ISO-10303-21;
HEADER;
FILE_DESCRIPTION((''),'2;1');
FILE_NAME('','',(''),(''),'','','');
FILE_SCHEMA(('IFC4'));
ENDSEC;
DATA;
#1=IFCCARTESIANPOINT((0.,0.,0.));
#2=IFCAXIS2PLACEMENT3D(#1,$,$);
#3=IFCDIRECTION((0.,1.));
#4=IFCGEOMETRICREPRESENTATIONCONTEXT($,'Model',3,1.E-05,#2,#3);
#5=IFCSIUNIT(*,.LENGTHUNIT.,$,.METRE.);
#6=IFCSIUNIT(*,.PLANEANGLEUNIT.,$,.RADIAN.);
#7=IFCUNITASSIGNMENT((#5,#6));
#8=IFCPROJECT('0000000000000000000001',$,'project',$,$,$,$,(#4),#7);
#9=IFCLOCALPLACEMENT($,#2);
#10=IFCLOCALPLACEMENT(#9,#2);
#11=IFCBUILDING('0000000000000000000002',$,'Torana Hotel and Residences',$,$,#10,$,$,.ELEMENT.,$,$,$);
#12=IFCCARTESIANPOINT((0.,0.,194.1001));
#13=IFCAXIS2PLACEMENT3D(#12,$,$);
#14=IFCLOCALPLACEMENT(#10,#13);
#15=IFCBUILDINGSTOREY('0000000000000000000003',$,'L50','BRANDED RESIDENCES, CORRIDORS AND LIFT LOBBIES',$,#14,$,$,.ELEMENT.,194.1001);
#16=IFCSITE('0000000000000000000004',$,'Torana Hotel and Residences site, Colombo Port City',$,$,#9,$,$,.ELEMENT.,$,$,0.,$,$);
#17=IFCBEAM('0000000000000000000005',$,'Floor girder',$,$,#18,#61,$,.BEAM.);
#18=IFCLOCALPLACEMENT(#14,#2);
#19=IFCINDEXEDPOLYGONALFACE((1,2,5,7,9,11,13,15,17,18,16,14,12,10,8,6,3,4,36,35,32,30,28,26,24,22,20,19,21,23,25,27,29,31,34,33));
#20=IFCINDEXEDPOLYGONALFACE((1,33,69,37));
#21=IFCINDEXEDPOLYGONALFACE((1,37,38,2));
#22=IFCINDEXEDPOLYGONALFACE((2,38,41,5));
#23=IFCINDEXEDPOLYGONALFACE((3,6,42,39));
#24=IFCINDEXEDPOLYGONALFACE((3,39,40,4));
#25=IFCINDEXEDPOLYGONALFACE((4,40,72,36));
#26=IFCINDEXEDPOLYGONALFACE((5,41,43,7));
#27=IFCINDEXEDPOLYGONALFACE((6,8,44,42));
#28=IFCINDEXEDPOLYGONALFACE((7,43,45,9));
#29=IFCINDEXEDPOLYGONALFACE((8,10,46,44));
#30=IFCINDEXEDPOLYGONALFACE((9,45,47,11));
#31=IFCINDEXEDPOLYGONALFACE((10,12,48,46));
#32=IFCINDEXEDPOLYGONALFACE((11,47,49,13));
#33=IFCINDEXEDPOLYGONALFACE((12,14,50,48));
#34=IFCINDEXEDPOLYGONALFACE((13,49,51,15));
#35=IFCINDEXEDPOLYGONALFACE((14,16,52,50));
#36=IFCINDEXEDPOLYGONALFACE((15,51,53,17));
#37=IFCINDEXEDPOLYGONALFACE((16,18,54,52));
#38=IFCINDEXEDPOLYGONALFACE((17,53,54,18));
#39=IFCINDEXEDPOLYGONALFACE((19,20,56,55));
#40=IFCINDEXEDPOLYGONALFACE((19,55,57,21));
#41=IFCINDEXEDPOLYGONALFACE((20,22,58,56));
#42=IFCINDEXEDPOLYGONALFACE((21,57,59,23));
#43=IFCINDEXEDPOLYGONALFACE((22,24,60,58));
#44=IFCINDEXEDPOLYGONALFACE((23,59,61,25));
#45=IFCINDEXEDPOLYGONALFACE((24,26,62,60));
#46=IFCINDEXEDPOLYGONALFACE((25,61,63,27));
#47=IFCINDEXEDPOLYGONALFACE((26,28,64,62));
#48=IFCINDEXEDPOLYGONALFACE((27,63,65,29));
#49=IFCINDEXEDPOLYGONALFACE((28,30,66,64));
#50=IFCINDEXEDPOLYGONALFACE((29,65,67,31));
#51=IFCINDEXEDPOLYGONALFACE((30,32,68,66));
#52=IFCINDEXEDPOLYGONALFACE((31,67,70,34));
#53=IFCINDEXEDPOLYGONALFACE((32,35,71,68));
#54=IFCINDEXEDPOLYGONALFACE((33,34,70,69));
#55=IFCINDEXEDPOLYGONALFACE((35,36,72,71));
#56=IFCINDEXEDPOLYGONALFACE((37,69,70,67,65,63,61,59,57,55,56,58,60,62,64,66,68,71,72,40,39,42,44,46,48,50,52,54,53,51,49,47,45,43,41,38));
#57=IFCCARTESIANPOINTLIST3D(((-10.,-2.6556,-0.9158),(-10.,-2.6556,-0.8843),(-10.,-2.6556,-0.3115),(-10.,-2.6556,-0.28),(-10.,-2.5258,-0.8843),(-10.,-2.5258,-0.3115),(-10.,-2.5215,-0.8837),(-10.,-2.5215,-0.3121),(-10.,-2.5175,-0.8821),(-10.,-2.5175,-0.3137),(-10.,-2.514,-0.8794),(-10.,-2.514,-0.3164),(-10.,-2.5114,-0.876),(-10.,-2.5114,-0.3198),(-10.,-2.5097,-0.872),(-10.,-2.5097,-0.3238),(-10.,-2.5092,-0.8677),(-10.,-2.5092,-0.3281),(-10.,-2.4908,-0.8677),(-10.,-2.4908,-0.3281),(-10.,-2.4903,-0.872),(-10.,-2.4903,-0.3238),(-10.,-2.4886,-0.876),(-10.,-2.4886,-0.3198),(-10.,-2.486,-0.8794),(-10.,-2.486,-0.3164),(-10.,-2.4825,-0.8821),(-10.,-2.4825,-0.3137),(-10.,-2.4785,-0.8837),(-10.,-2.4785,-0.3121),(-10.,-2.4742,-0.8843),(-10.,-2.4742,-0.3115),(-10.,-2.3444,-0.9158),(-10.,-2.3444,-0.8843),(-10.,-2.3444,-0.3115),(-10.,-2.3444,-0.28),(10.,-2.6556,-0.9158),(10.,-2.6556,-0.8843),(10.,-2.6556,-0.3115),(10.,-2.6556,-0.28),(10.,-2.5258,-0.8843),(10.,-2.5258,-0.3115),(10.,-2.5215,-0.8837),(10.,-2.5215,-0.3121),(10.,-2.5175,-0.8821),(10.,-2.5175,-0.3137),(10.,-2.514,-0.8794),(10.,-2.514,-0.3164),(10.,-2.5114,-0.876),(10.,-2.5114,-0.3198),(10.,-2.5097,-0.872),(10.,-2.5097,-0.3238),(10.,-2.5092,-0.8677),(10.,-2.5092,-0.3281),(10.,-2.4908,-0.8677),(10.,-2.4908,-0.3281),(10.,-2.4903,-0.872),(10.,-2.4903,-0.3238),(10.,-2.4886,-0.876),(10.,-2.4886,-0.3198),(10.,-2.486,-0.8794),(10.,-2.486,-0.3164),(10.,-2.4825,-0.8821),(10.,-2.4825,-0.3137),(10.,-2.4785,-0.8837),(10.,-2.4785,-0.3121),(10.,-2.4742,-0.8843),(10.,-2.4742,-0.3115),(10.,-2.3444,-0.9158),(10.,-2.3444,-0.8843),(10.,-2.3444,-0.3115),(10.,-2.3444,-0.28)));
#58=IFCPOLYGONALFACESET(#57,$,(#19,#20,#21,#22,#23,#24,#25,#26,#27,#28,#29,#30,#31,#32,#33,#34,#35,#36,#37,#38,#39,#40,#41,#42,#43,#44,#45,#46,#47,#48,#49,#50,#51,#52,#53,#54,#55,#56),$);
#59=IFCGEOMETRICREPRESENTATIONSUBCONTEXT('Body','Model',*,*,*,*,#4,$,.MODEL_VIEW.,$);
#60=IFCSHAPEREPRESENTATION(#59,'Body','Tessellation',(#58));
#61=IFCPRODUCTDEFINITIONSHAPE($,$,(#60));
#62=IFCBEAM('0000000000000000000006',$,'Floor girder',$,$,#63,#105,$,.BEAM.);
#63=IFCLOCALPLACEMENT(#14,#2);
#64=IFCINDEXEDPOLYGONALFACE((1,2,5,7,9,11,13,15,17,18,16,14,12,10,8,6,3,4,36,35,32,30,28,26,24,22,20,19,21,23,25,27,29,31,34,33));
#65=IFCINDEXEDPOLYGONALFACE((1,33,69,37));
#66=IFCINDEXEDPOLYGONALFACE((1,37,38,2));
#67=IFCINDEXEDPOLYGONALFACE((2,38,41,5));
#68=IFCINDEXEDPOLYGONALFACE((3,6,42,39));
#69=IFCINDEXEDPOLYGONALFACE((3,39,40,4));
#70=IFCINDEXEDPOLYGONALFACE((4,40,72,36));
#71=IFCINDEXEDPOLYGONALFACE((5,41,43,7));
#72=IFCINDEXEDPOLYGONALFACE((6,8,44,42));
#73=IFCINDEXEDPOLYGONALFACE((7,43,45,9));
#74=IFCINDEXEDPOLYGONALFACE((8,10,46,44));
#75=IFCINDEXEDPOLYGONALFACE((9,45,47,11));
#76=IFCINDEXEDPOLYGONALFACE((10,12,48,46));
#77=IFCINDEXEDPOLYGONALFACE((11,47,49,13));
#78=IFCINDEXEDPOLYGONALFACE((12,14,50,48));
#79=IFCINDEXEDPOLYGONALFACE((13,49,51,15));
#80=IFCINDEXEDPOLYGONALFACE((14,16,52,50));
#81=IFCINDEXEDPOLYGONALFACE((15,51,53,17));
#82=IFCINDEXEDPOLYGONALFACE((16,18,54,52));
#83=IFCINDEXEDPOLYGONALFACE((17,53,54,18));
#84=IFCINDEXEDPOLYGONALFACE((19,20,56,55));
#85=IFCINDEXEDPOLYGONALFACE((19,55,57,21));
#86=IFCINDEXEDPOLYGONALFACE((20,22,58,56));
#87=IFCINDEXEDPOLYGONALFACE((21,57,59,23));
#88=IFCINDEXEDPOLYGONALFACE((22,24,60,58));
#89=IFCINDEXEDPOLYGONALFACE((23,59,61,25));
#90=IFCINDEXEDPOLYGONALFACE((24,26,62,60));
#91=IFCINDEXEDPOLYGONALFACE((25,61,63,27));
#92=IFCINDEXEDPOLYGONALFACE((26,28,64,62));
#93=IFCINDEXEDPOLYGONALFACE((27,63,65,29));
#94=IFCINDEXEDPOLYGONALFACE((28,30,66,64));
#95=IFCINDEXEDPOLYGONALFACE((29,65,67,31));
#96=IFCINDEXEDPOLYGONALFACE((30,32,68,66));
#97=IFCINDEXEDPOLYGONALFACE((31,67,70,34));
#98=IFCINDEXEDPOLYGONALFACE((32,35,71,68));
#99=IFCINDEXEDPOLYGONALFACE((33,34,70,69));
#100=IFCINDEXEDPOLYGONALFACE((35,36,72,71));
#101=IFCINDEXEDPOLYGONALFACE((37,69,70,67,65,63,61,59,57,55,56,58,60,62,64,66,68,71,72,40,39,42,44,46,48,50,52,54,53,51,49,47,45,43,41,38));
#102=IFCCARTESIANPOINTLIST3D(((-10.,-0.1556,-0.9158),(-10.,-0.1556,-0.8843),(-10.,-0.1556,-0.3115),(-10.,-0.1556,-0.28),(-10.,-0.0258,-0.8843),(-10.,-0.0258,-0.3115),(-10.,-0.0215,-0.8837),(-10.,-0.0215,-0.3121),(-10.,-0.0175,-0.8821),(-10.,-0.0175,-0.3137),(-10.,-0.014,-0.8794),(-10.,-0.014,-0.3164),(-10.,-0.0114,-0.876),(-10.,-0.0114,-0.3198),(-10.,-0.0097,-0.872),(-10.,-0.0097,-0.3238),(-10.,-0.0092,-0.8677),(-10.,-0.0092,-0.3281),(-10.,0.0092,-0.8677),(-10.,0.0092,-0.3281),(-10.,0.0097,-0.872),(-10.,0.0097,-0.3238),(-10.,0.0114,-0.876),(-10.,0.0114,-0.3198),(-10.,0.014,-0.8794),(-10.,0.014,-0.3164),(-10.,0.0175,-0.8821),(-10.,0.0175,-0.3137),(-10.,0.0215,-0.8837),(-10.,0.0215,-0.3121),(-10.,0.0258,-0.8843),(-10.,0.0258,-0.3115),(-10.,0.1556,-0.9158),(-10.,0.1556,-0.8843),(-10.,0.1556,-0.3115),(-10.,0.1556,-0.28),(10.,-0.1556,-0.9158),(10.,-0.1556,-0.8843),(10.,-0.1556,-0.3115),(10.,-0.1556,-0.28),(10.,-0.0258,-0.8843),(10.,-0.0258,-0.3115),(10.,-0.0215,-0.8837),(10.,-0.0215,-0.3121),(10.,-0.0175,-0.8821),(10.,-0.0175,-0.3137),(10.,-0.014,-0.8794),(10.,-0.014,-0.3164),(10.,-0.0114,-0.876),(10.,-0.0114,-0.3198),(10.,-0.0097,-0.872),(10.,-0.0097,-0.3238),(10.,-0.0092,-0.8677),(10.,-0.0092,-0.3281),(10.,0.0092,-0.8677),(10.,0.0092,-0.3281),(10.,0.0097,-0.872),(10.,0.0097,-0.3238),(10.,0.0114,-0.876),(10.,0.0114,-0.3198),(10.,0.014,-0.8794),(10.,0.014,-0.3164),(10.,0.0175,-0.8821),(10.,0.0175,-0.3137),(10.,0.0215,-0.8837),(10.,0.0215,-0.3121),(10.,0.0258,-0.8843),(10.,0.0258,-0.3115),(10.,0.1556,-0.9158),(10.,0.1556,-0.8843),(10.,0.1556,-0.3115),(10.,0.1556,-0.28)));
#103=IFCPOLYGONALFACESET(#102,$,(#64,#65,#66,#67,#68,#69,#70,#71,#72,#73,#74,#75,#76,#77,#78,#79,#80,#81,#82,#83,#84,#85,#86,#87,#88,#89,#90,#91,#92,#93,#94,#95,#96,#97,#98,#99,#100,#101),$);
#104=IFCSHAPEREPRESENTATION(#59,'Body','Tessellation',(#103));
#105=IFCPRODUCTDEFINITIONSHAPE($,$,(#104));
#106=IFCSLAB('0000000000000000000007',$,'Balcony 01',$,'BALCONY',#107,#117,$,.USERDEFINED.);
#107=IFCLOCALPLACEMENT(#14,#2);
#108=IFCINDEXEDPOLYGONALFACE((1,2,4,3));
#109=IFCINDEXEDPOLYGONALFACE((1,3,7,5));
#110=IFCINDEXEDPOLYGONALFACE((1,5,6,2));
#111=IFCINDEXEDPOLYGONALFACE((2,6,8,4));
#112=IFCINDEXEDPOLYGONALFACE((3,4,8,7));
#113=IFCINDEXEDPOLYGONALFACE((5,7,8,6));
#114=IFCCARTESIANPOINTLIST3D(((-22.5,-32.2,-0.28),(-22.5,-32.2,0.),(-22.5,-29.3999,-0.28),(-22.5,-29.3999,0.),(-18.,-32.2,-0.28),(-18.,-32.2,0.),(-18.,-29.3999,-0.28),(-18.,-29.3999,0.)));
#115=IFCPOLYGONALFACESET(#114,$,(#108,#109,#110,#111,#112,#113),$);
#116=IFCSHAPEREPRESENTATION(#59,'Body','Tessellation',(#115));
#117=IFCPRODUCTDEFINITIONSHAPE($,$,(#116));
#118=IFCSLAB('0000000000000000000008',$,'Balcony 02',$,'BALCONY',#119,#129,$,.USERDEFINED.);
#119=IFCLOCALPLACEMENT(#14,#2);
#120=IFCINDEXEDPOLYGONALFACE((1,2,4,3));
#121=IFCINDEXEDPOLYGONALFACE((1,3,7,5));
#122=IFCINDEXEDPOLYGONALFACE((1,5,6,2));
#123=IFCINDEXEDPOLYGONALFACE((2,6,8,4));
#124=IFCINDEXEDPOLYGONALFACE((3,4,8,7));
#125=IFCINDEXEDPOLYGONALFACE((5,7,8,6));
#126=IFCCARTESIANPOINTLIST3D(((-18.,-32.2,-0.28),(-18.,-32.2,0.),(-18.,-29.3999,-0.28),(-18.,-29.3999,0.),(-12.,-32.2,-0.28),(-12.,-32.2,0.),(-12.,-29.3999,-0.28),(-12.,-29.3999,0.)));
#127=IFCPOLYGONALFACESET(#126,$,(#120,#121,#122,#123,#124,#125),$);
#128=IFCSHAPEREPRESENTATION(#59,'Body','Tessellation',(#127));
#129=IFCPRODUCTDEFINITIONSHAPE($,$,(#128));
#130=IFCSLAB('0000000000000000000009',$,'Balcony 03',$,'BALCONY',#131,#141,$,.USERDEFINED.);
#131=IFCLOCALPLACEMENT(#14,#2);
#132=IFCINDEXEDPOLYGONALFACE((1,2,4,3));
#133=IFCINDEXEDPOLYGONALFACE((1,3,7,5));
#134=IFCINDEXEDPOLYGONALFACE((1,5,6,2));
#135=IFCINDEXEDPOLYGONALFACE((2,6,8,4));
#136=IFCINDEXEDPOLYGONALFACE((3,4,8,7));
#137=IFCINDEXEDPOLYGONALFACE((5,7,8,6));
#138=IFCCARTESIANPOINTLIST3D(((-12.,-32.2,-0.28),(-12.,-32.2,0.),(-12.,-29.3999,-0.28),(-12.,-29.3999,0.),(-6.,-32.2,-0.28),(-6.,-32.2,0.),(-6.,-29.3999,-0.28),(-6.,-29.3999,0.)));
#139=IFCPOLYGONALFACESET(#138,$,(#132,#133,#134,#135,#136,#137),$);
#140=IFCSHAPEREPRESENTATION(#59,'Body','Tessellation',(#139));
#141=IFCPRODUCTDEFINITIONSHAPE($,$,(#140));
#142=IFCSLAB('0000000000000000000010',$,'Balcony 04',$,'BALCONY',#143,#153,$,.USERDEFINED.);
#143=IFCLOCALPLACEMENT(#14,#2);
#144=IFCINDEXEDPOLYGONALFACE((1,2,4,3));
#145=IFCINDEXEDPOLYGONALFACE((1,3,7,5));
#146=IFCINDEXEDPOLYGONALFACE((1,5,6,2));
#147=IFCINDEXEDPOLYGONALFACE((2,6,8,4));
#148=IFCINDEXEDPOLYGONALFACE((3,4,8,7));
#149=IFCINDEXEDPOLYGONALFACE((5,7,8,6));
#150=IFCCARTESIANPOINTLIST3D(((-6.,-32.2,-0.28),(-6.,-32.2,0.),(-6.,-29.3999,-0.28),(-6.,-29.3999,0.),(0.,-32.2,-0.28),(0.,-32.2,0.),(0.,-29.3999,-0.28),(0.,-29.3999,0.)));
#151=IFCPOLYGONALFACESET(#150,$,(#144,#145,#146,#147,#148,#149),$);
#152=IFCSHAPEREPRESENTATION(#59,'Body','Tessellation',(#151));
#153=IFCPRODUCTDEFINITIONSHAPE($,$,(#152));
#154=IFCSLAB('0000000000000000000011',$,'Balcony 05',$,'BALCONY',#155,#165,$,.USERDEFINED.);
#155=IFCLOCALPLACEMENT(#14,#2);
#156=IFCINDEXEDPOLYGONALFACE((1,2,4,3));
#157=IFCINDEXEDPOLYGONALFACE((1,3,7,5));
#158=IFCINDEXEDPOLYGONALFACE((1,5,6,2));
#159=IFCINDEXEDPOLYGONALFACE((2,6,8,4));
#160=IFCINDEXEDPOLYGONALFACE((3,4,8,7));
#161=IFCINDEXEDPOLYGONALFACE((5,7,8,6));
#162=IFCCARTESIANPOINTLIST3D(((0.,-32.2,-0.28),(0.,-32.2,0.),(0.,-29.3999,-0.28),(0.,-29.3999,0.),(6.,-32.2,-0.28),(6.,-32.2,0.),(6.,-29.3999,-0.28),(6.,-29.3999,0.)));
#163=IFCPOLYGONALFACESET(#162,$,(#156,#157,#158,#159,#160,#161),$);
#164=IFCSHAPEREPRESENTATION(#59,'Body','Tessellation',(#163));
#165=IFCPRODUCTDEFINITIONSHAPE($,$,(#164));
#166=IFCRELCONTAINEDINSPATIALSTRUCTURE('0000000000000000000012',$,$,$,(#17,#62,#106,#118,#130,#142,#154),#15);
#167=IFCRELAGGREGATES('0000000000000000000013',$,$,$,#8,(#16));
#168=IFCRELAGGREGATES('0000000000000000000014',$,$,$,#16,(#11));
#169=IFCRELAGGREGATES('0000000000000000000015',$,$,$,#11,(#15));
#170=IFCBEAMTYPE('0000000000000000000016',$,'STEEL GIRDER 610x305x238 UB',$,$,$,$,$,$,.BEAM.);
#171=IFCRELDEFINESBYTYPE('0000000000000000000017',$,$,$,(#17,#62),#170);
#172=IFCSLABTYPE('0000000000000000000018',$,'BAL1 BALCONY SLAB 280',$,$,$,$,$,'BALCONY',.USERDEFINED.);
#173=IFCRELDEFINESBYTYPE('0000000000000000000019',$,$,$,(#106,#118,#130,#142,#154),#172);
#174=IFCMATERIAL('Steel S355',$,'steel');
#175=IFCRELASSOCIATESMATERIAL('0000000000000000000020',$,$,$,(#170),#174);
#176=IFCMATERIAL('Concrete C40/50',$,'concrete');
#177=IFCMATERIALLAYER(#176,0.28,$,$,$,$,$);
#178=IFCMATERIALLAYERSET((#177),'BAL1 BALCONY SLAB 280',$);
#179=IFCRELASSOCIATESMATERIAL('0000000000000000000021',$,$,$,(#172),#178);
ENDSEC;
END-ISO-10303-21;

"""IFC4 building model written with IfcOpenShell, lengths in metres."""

from ifc_helpers import new_model, si_unit, direction, frame, origin, origin_2d, place, context, subcontext, project, spatial, polyline, i_section, outline, extrude, material, layer, layer_set, material_profile, profile_set, type_object, element, save


model = new_model("IFC4")

# Units and contexts
model_context = context("Model", 3, precision=1e-05, world=origin(), true_north=direction((0.0, 1.0)))
body_context = subcontext(model_context, "Body", "Model", "MODEL_VIEW")
ifc_project = project(units=[si_unit("LENGTHUNIT", "METRE"), si_unit("PLANEANGLEUNIT", "RADIAN")], contexts=[model_context])

# Site, building, storey
site_placement = place(None, origin())
site = spatial("IfcSite", under=ifc_project, at=site_placement, Name="Torana Hotel and Residences site, Colombo Port City", CompositionType="ELEMENT", RefElevation=0.0)
building_placement = place(site_placement, origin())
building = spatial("IfcBuilding", under=site, at=building_placement, Name="Torana Hotel and Residences", CompositionType="ELEMENT")
storey_placement = place(building_placement, frame((0.0, 0.0, 194.1001)))
storey = spatial("IfcBuildingStorey", under=building, at=storey_placement, Name="L50", Description="BRANDED RESIDENCES, CORRIDORS AND LIFT LOBBIES", CompositionType="ELEMENT", Elevation=194.1001)

# Beams
ifc_material_1 = material(Name="Steel S355", Category="steel")
ifc_material_profile = material_profile(ifc_material_1, i_section(OverallWidth=0.3113, OverallDepth=0.6357, WebThickness=0.0183, FlangeThickness=0.0315, FilletRadius=0.0166, at=origin_2d()), Name="610x305x238 UB")
ifc_profile_set = profile_set([ifc_material_profile], Name="Steel S355")
beam_type = type_object("IfcBeamType", Name="STEEL GIRDER 610x305x238 UB", PredefinedType="BEAM", material=ifc_profile_set)
for number, where, z_axis, x_axis, name in (
    (1, (-10.0, -2.5, -0.5979), (1.0, 0.0, 0.0), (0.0, 1.0, 0.0), "Floor girder"),
    (2, (-10.0, 0.0, -0.5979), (1.0, 0.0, 0.0), (0.0, 1.0, 0.0), "Floor girder"),
):
    element("IfcBeam", number, at=place(storey_placement, frame(where, z_axis=z_axis, x_axis=x_axis)), inside=storey, type_object=beam_type, Name=name, PredefinedType="BEAM", context=body_context, shape_type="SweptSolid", body=[
        extrude(i_section(OverallWidth=0.3113, OverallDepth=0.6357, WebThickness=0.0183, FlangeThickness=0.0315, FilletRadius=0.0166, at=origin_2d()), origin(), (0.0, 0.0, 1.0), 20.0),
    ])

# Slabs
ifc_material_2 = material(Name="Concrete C40/50", Category="concrete")
ifc_layer_1 = layer(ifc_material_2, 0.28)
ifc_layer_set_1 = layer_set([ifc_layer_1], Name="BAL1 BALCONY SLAB 280")
slab_type_1 = type_object("IfcSlabType", Name="BAL1 BALCONY SLAB 280", ElementType="BALCONY", PredefinedType="USERDEFINED", material=ifc_layer_set_1)
slab_1_placement = place(storey_placement, frame((0.0, 0.0, -0.28)))
element("IfcSlab", 3, at=slab_1_placement, inside=storey, type_object=slab_type_1, Name="Balcony 01", ObjectType="BALCONY", PredefinedType="USERDEFINED", context=body_context, shape_type="SweptSolid", body=[
    extrude(outline(polyline([(-22.5, -32.2), (-18.0, -32.2), (-18.0, -29.3999), (-22.5, -29.3999), (-22.5, -32.2)])), origin(), (0.0, 0.0, 1.0), 0.28),
])
slab_2_placement = place(storey_placement, frame((0.0, 0.0, -0.28)))
element("IfcSlab", 4, at=slab_2_placement, inside=storey, type_object=slab_type_1, Name="Balcony 02", ObjectType="BALCONY", PredefinedType="USERDEFINED", context=body_context, shape_type="SweptSolid", body=[
    extrude(outline(polyline([(-18.0, -32.2), (-12.0, -32.2), (-12.0, -29.3999), (-18.0, -29.3999), (-18.0, -32.2)])), origin(), (0.0, 0.0, 1.0), 0.28),
])
slab_3_placement = place(storey_placement, frame((0.0, 0.0, -0.28)))
element("IfcSlab", 5, at=slab_3_placement, inside=storey, type_object=slab_type_1, Name="Balcony 03", ObjectType="BALCONY", PredefinedType="USERDEFINED", context=body_context, shape_type="SweptSolid", body=[
    extrude(outline(polyline([(-12.0, -32.2), (-6.0, -32.2), (-6.0, -29.3999), (-12.0, -29.3999), (-12.0, -32.2)])), origin(), (0.0, 0.0, 1.0), 0.28),
])
slab_4_placement = place(storey_placement, frame((0.0, 0.0, -0.28)))
element("IfcSlab", 6, at=slab_4_placement, inside=storey, type_object=slab_type_1, Name="Balcony 04", ObjectType="BALCONY", PredefinedType="USERDEFINED", context=body_context, shape_type="SweptSolid", body=[
    extrude(outline(polyline([(-6.0, -32.2), (0.0, -32.2), (0.0, -29.3999), (-6.0, -29.3999), (-6.0, -32.2)])), origin(), (0.0, 0.0, 1.0), 0.28),
])
slab_5_placement = place(storey_placement, frame((0.0, 0.0, -0.28)))
element("IfcSlab", 7, at=slab_5_placement, inside=storey, type_object=slab_type_1, Name="Balcony 05", ObjectType="BALCONY", PredefinedType="USERDEFINED", context=body_context, shape_type="SweptSolid", body=[
    extrude(outline(polyline([(0.0, -32.2), (6.0, -32.2), (6.0, -29.3999), (0.0, -29.3999), (0.0, -32.2)])), origin(), (0.0, 0.0, 1.0), 0.28),
])

save(model, "model.ifc")
